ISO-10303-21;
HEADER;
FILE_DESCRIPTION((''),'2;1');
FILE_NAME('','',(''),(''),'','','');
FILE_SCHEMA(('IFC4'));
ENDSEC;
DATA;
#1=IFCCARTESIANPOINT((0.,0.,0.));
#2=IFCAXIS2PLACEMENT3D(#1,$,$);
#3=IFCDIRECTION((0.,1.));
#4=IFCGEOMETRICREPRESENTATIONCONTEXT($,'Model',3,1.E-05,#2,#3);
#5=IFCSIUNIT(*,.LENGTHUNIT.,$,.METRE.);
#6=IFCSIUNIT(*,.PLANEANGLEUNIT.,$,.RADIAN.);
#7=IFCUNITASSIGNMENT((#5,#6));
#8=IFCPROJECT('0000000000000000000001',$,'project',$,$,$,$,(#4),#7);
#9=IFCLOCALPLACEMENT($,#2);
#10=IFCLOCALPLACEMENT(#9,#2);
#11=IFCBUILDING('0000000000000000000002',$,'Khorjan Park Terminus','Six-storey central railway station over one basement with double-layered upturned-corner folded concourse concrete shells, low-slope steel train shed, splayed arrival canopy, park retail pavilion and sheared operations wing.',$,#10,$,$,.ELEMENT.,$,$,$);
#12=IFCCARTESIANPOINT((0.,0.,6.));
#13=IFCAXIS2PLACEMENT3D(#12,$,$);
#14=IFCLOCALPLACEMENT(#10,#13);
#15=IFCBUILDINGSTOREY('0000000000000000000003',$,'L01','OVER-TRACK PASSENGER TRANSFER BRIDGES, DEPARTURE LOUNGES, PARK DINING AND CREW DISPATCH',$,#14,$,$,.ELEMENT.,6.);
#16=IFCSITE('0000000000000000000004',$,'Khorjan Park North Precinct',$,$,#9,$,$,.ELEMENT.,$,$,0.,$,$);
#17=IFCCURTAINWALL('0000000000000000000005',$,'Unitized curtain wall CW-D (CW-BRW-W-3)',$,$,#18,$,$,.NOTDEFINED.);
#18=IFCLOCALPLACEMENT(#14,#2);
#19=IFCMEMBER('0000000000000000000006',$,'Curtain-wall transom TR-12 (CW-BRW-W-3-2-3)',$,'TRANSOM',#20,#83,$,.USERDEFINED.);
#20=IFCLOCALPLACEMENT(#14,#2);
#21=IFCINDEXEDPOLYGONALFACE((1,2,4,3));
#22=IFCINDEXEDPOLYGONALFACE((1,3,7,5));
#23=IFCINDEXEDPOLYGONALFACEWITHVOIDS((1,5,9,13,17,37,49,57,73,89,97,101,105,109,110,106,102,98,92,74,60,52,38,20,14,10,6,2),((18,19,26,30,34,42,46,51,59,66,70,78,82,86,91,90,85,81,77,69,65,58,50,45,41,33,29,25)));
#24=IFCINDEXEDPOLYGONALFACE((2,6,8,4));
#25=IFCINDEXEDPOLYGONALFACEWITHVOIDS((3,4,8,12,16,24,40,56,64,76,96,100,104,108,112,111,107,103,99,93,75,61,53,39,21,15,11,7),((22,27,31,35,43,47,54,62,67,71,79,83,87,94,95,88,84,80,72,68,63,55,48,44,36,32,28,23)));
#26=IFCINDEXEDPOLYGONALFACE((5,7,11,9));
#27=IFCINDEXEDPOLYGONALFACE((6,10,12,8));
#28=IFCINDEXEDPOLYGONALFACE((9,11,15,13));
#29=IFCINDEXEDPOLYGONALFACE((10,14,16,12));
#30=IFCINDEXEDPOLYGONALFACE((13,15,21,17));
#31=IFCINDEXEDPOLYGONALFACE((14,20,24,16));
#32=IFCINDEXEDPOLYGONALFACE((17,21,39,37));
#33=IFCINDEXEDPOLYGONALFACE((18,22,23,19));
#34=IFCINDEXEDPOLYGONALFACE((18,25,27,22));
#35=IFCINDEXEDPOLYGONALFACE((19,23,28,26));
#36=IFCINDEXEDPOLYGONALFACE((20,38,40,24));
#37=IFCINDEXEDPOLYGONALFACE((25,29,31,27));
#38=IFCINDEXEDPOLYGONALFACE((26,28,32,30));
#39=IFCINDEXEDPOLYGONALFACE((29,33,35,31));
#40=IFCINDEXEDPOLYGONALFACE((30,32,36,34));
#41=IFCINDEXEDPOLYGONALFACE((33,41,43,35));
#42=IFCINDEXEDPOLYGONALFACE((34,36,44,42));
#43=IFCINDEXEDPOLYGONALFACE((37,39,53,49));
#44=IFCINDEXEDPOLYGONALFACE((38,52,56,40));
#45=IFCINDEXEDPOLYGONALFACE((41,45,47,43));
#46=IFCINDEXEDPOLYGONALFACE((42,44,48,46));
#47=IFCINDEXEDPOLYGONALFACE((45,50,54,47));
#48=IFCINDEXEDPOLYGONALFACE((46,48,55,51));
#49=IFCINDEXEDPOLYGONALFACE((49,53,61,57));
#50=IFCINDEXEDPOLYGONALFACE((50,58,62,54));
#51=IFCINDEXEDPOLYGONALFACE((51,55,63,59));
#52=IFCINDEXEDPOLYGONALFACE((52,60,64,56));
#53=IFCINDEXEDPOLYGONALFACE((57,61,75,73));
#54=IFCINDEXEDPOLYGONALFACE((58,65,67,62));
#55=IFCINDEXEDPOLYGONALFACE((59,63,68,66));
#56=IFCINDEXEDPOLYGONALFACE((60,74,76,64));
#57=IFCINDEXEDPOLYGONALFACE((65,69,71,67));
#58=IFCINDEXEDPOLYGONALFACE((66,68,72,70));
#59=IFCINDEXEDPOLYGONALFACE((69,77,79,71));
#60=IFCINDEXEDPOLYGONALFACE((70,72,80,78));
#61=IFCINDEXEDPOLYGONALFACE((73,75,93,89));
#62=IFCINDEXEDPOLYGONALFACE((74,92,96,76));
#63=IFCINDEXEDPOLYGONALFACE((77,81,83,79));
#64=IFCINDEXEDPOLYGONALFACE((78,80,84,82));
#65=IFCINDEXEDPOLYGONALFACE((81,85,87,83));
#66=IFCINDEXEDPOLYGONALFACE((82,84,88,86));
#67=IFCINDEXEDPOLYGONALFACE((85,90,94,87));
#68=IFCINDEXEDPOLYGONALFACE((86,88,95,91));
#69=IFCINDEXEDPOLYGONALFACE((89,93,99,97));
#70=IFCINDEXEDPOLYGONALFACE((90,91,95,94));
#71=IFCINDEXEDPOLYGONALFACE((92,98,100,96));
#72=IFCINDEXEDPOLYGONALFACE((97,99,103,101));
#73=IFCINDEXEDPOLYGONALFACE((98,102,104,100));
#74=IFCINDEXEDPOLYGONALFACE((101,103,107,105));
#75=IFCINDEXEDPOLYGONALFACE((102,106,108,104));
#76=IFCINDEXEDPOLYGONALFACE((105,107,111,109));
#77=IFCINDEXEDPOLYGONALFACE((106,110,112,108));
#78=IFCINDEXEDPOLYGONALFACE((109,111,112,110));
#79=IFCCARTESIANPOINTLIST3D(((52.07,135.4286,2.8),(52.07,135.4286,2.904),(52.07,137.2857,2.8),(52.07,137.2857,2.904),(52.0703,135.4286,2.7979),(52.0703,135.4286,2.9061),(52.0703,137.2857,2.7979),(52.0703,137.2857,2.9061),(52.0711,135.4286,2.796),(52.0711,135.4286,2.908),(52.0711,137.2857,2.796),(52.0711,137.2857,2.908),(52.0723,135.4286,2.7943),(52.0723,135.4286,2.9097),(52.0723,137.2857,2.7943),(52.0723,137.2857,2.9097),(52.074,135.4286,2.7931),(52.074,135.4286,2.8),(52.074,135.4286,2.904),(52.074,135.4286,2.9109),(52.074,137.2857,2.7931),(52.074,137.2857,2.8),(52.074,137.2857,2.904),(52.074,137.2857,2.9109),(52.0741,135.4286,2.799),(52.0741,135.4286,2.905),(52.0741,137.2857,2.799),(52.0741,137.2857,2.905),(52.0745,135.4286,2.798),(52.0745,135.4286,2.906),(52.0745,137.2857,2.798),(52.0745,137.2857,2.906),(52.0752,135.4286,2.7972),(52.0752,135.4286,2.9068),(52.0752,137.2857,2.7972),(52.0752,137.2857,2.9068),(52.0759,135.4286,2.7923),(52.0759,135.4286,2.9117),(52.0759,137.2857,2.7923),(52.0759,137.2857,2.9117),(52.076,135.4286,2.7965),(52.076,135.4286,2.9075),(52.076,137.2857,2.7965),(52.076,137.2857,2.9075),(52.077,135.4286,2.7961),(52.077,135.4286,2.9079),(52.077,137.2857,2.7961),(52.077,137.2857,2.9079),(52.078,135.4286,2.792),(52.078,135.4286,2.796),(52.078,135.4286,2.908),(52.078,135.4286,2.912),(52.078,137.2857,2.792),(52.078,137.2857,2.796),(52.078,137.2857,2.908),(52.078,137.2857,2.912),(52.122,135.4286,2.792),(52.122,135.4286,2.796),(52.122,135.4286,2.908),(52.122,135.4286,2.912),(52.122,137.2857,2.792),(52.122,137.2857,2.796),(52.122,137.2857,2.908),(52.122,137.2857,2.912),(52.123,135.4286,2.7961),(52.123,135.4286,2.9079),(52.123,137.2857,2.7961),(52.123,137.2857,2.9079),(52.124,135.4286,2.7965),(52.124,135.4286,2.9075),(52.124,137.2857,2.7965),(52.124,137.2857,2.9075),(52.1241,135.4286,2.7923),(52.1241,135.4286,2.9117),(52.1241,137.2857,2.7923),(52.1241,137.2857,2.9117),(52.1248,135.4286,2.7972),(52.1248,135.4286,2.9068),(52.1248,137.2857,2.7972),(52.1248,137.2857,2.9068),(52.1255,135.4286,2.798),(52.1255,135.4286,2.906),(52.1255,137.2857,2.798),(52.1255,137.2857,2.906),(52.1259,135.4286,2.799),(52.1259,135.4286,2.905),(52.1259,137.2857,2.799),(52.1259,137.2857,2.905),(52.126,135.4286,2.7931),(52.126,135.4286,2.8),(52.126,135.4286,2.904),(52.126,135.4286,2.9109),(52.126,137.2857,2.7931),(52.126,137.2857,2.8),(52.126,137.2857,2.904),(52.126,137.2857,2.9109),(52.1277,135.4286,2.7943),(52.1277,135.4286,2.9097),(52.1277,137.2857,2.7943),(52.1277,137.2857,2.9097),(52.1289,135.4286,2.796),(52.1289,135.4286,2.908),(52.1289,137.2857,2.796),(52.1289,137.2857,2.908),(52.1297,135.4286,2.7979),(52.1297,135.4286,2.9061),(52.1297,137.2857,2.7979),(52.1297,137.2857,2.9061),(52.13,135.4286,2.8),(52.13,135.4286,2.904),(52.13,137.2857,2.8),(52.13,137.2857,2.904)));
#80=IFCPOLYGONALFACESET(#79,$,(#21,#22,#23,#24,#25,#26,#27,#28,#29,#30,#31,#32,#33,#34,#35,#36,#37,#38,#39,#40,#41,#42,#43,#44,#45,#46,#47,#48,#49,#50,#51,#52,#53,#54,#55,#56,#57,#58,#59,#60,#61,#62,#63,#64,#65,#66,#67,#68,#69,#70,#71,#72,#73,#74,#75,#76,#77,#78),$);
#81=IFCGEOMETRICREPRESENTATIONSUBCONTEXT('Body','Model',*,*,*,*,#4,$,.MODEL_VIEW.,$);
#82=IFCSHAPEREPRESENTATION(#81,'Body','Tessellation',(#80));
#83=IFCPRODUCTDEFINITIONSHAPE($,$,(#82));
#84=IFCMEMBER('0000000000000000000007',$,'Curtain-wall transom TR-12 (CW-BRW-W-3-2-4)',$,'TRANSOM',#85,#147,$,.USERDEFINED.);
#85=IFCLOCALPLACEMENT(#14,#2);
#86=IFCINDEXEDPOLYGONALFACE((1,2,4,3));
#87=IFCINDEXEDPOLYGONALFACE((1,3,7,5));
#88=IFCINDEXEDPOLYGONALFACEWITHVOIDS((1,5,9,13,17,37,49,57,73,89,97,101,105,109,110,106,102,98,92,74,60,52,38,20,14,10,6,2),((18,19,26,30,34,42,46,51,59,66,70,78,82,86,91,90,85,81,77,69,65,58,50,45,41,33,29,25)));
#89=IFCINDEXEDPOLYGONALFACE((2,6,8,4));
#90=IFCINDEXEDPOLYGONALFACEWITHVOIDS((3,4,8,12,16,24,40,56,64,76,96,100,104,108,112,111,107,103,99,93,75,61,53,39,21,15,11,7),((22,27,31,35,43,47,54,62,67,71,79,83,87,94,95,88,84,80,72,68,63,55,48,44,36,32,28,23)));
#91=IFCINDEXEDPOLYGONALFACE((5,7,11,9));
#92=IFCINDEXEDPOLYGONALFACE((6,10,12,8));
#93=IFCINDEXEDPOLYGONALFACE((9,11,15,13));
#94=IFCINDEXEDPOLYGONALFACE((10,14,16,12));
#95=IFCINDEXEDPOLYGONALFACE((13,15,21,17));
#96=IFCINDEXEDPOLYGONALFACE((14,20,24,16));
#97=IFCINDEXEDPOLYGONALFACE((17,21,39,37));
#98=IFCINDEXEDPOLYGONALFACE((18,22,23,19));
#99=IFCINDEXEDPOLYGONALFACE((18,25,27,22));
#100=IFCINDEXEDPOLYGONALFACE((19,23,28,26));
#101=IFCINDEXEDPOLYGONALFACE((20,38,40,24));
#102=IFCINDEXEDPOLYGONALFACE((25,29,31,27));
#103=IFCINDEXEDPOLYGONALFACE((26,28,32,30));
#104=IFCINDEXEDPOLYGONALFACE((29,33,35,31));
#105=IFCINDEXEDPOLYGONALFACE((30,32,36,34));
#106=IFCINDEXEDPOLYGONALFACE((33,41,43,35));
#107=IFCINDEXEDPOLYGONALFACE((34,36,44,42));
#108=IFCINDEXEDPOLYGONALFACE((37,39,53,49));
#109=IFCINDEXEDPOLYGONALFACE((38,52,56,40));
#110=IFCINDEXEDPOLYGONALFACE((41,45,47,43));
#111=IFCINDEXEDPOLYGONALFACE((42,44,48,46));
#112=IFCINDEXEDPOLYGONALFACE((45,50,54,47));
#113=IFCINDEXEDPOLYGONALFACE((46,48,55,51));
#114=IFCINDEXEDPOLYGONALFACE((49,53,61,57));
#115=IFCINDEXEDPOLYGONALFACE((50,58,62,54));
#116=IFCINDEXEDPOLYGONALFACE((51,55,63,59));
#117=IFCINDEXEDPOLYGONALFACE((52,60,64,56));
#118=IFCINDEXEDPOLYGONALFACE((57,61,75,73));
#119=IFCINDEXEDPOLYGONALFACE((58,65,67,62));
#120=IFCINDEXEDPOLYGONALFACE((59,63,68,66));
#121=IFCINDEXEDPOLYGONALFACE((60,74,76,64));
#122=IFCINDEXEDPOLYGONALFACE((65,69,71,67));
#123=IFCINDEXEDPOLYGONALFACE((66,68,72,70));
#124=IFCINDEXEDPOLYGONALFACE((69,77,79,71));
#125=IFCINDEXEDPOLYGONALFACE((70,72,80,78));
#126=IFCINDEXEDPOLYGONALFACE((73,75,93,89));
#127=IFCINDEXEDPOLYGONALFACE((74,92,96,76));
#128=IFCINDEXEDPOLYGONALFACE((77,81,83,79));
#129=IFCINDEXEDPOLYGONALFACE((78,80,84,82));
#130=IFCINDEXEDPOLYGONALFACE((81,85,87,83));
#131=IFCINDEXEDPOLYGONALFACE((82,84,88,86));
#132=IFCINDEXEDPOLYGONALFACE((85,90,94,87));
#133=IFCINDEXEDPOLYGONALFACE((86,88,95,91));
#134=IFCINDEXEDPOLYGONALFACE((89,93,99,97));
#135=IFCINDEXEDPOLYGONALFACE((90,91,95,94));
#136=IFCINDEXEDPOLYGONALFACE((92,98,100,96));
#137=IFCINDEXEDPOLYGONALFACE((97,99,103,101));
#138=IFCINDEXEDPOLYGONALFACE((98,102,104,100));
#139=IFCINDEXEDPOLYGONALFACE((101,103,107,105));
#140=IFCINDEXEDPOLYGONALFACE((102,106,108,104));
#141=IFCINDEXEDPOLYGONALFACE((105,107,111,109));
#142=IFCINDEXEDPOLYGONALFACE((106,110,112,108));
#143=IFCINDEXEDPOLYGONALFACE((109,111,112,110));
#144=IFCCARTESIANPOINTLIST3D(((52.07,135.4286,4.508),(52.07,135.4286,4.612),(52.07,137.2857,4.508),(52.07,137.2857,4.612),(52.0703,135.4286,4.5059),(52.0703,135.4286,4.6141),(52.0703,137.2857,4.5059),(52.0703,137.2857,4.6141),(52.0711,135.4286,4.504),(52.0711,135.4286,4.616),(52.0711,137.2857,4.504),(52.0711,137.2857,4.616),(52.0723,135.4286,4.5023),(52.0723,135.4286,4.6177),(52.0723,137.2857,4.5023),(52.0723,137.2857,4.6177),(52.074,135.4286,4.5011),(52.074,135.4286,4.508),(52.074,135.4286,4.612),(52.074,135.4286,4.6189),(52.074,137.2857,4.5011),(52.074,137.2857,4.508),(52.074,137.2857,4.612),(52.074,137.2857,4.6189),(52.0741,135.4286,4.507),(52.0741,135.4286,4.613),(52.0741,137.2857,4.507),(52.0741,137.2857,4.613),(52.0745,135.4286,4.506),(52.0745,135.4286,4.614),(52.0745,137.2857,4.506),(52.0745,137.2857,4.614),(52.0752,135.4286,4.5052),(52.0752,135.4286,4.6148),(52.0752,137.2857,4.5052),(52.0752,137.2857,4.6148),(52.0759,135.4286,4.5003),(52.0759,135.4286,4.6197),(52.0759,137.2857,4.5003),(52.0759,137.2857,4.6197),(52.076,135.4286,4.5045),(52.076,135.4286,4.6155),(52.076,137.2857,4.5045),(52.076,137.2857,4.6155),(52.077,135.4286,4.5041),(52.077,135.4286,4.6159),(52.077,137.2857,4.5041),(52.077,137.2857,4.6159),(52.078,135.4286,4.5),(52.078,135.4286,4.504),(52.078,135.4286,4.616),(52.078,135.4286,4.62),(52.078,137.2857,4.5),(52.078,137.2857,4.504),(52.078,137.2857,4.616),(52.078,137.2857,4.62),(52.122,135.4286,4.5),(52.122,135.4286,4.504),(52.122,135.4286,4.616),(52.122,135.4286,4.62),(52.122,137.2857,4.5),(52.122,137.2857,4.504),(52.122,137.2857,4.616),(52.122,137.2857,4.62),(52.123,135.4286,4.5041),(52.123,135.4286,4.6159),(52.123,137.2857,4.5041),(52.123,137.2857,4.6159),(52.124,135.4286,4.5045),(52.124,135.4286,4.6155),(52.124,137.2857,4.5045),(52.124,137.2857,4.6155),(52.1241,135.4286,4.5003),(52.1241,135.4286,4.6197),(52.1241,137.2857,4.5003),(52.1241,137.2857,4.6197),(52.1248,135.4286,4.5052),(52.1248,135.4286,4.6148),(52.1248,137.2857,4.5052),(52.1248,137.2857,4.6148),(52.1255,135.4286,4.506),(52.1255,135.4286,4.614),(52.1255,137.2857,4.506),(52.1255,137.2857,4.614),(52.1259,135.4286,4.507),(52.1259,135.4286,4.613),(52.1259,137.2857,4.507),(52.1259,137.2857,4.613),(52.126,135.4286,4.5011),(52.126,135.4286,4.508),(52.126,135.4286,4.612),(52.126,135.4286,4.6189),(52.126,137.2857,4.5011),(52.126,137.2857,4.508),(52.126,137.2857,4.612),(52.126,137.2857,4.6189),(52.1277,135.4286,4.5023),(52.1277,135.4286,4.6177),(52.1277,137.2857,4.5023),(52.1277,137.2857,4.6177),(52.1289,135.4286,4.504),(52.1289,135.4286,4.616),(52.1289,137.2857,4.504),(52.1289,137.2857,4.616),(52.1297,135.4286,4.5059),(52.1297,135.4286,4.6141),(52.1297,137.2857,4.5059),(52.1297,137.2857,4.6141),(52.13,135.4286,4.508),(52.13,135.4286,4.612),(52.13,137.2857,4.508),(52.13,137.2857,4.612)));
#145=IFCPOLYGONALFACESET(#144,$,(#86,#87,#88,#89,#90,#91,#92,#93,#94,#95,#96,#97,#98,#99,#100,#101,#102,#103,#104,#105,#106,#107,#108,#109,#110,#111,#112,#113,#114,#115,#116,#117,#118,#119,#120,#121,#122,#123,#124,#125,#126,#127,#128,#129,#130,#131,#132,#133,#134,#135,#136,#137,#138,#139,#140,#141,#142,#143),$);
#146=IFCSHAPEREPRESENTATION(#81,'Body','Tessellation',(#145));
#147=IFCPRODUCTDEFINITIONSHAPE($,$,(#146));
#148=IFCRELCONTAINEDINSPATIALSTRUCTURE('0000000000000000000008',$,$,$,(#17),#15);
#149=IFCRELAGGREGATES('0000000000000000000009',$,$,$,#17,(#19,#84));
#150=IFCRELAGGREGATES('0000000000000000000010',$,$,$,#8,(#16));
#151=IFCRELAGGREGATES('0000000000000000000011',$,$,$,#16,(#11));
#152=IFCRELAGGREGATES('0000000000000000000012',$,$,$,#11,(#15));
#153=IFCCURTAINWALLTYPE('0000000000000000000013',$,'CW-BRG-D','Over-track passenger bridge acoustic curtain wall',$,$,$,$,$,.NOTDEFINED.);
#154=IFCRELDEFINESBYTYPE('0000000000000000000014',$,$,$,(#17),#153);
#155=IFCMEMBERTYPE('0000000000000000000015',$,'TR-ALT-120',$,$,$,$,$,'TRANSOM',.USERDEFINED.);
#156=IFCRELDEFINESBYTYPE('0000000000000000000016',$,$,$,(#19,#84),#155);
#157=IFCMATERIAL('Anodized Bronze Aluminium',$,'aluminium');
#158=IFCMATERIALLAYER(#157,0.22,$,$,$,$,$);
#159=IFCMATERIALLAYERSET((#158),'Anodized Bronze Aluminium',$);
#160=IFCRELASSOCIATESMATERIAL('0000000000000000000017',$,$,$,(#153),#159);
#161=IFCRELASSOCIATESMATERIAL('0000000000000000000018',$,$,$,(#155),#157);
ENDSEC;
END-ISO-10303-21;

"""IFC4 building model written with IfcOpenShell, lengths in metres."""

from ifc_helpers import new_model, si_unit, direction, frame, origin, origin_2d, place, context, subcontext, project, spatial, hollow_rectangle, extrude, material, layer, layer_set, material_profile, profile_set, type_object, element, aggregate, save


model = new_model("IFC4")

# Units and contexts
model_context = context("Model", 3, precision=1e-05, world=origin(), true_north=direction((0.0, 1.0)))
body_context = subcontext(model_context, "Body", "Model", "MODEL_VIEW")
ifc_project = project(units=[si_unit("LENGTHUNIT", "METRE"), si_unit("PLANEANGLEUNIT", "RADIAN")], contexts=[model_context])

# Site, building, storey
site_placement = place(None, origin())
site = spatial("IfcSite", under=ifc_project, at=site_placement, Name="Khorjan Park North Precinct", CompositionType="ELEMENT", RefElevation=0.0)
building_placement = place(site_placement, origin())
building = spatial("IfcBuilding", under=site, at=building_placement, Name="Khorjan Park Terminus", Description="Six-storey central railway station over one basement with double-layered upturned-corner folded concourse concrete shells, low-slope steel train shed, splayed arrival canopy, park retail pavilion and sheared operations wing.", CompositionType="ELEMENT")
storey_placement = place(building_placement, frame((0.0, 0.0, 6.0)))
storey = spatial("IfcBuildingStorey", under=building, at=storey_placement, Name="L01", Description="OVER-TRACK PASSENGER TRANSFER BRIDGES, DEPARTURE LOUNGES, PARK DINING AND CREW DISPATCH", CompositionType="ELEMENT", Elevation=6.0)

# Curtain wall, members
ifc_material_1 = material(Name="Anodized Bronze Aluminium", Category="aluminium")
ifc_layer_1 = layer(ifc_material_1, 0.22)
ifc_layer_set_1 = layer_set([ifc_layer_1], Name="Anodized Bronze Aluminium")
curtain_wall_type = type_object("IfcCurtainWallType", Name="CW-BRG-D", Description="Over-track passenger bridge acoustic curtain wall", PredefinedType="NOTDEFINED", material=ifc_layer_set_1)
curtain_wall_placement = place(storey_placement, origin())
curtain_wall = element("IfcCurtainWall", 1, at=curtain_wall_placement, inside=storey, type_object=curtain_wall_type, Name="Unitized curtain wall CW-D (CW-BRW-W-3)", PredefinedType="NOTDEFINED")
ifc_material_profile_1 = material_profile(ifc_material_1, hollow_rectangle(XDim=0.06, YDim=0.12, WallThickness=0.004, InnerFilletRadius=0.004, OuterFilletRadius=0.008, at=origin_2d()), Name="ALT 60x120x4")
ifc_profile_set_1 = profile_set([ifc_material_profile_1], Name="Anodized Bronze Aluminium")
member_type_1 = type_object("IfcMemberType", Name="TR-ALT-120", ElementType="TRANSOM", PredefinedType="USERDEFINED", material=ifc_profile_set_1)
member_1_placement = place(storey_placement, frame((52.1, 137.2857, 2.852), z_axis=(0.0, -1.0, 0.0), x_axis=(1.0, 0.0, 0.0)))
member_1 = element("IfcMember", 2, at=member_1_placement, type_object=member_type_1, Name="Curtain-wall transom TR-12 (CW-BRW-W-3-2-3)", ObjectType="TRANSOM", PredefinedType="USERDEFINED", context=body_context, shape_type="SweptSolid", body=[
    extrude(hollow_rectangle(XDim=0.06, YDim=0.12, WallThickness=0.004, InnerFilletRadius=0.004, OuterFilletRadius=0.008, at=origin_2d()), origin(), (0.0, 0.0, 1.0), 1.8571),
])
member_2_placement = place(storey_placement, frame((52.1, 137.2857, 4.56), z_axis=(0.0, -1.0, 0.0), x_axis=(1.0, 0.0, 0.0)))
member_2 = element("IfcMember", 3, at=member_2_placement, type_object=member_type_1, Name="Curtain-wall transom TR-12 (CW-BRW-W-3-2-4)", ObjectType="TRANSOM", PredefinedType="USERDEFINED", context=body_context, shape_type="SweptSolid", body=[
    extrude(hollow_rectangle(XDim=0.06, YDim=0.12, WallThickness=0.004, InnerFilletRadius=0.004, OuterFilletRadius=0.008, at=origin_2d()), origin(), (0.0, 0.0, 1.0), 1.8571),
])
aggregate(curtain_wall, [member_1, member_2])

save(model, "model.ifc")
